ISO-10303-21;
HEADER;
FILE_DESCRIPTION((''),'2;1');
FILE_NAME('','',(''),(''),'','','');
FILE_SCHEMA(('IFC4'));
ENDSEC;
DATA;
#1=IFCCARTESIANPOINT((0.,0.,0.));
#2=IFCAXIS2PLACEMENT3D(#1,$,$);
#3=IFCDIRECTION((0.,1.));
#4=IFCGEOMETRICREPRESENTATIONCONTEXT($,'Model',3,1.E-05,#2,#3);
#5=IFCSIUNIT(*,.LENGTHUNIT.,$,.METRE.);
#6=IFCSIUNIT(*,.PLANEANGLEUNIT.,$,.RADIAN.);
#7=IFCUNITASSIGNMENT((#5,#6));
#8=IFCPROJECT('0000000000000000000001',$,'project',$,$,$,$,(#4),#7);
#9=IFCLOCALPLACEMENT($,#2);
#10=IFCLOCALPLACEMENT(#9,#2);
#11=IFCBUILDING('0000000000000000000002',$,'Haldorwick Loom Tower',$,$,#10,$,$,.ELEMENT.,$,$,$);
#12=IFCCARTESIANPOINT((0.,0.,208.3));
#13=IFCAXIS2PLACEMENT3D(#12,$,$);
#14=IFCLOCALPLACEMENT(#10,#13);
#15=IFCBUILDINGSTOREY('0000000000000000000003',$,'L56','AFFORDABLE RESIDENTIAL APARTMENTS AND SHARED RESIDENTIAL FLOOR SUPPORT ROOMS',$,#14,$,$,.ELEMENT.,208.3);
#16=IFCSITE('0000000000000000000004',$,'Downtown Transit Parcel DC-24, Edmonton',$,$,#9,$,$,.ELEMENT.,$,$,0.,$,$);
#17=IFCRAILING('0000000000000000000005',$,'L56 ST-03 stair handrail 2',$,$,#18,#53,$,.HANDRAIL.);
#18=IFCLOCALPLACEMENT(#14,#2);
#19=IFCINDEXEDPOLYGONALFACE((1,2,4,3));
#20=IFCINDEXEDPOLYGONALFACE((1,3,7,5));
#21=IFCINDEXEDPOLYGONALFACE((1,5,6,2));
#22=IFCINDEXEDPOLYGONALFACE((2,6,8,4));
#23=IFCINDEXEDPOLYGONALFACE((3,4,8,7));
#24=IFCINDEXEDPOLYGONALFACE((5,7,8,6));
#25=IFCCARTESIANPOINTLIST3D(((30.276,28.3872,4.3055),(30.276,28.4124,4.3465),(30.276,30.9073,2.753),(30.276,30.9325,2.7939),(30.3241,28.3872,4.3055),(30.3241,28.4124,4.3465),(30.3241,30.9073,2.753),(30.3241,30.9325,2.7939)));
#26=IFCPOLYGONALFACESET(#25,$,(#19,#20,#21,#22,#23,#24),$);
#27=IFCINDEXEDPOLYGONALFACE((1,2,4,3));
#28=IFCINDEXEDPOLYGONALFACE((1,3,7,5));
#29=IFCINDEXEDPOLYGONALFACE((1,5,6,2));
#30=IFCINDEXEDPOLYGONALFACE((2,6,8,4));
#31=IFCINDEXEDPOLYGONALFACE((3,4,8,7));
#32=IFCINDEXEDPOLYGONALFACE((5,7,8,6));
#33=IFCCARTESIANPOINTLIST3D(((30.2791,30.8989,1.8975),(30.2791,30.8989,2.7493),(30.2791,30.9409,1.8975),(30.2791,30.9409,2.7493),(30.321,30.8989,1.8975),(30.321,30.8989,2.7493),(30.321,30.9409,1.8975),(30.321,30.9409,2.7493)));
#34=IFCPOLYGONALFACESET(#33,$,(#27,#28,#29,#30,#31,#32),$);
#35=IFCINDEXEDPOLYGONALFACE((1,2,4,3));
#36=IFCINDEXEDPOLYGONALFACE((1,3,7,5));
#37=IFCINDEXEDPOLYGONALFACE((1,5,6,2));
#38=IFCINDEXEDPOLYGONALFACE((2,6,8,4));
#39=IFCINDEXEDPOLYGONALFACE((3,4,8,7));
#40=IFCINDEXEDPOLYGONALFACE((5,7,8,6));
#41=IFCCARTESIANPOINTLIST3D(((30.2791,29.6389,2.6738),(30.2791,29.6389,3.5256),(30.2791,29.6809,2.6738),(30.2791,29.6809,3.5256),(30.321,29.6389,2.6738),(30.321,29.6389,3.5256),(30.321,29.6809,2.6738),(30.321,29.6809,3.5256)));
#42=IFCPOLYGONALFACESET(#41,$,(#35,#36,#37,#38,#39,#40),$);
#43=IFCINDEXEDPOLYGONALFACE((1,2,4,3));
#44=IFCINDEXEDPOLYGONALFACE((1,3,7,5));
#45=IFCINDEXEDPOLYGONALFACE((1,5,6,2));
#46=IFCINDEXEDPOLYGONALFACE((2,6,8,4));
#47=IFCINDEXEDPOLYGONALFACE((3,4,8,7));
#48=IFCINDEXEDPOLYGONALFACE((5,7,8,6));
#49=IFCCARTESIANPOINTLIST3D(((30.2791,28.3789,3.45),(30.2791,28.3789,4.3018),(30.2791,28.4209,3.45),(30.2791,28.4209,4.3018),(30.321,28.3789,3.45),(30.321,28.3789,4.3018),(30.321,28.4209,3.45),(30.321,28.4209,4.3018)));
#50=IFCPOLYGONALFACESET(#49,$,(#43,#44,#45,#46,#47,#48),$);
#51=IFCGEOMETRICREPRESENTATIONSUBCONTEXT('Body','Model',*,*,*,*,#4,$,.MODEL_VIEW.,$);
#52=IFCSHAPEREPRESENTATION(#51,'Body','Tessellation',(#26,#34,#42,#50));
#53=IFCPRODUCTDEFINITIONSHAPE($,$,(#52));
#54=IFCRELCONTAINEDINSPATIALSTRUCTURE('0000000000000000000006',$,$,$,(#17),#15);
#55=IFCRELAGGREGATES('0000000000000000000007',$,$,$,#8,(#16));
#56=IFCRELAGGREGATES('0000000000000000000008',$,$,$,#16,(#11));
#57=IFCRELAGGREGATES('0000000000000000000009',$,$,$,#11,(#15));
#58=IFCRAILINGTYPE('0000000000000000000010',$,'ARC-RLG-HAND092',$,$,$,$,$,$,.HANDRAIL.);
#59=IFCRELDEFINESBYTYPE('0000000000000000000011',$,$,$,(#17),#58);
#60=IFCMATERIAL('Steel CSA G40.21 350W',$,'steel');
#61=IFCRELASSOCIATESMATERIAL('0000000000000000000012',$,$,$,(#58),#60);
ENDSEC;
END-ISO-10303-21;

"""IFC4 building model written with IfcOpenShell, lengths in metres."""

from ifc_helpers import new_model, si_unit, direction, frame, origin, origin_2d, place, context, subcontext, project, spatial, rectangle, extrude, material, type_object, element, save


model = new_model("IFC4")

# Units and contexts
model_context = context("Model", 3, precision=1e-05, world=origin(), true_north=direction((0.0, 1.0)))
body_context = subcontext(model_context, "Body", "Model", "MODEL_VIEW")
ifc_project = project(units=[si_unit("LENGTHUNIT", "METRE"), si_unit("PLANEANGLEUNIT", "RADIAN")], contexts=[model_context])

# Site, building, storey
site_placement = place(None, origin())
site = spatial("IfcSite", under=ifc_project, at=site_placement, Name="Downtown Transit Parcel DC-24, Edmonton", CompositionType="ELEMENT", RefElevation=0.0)
building_placement = place(site_placement, origin())
building = spatial("IfcBuilding", under=site, at=building_placement, Name="Haldorwick Loom Tower", CompositionType="ELEMENT")
storey_placement = place(building_placement, frame((0.0, 0.0, 208.3)))
storey = spatial("IfcBuildingStorey", under=building, at=storey_placement, Name="L56", Description="AFFORDABLE RESIDENTIAL APARTMENTS AND SHARED RESIDENTIAL FLOOR SUPPORT ROOMS", CompositionType="ELEMENT", Elevation=208.3)

# Shared definitions
ifc_material_1 = material(Name="Steel CSA G40.21 350W", Category="steel")

# Railing
railing_type_1 = type_object("IfcRailingType", Name="ARC-RLG-HAND092", PredefinedType="HANDRAIL", material=ifc_material_1)
railing_1_placement = place(storey_placement, frame((30.3, 30.9199, 1.8975)))
element("IfcRailing", 1, at=railing_1_placement, inside=storey, type_object=railing_type_1, Name="L56 ST-03 stair handrail 2", PredefinedType="HANDRAIL", context=body_context, shape_type="SweptSolid", body=[
    extrude(rectangle(XDim=0.0481, YDim=0.0481, at=origin_2d()), frame((0.0, 0.0, 0.876), z_axis=(0.0, -0.8514, 0.524516), x_axis=(1.0, 0.0, 0.0)), (0.0, 0.0, 1.0), 2.96),
    extrude(rectangle(XDim=0.042, YDim=0.042, at=origin_2d()), origin(), (0.0, 0.0, 1.0), 0.8518),
    extrude(rectangle(XDim=0.042, YDim=0.042, at=origin_2d()), frame((0.0, -1.26, 0.7764)), (0.0, 0.0, 1.0), 0.8518),
    extrude(rectangle(XDim=0.042, YDim=0.042, at=origin_2d()), frame((0.0, -2.52, 1.5525)), (0.0, 0.0, 1.0), 0.8518),
])

save(model, "model.ifc")
